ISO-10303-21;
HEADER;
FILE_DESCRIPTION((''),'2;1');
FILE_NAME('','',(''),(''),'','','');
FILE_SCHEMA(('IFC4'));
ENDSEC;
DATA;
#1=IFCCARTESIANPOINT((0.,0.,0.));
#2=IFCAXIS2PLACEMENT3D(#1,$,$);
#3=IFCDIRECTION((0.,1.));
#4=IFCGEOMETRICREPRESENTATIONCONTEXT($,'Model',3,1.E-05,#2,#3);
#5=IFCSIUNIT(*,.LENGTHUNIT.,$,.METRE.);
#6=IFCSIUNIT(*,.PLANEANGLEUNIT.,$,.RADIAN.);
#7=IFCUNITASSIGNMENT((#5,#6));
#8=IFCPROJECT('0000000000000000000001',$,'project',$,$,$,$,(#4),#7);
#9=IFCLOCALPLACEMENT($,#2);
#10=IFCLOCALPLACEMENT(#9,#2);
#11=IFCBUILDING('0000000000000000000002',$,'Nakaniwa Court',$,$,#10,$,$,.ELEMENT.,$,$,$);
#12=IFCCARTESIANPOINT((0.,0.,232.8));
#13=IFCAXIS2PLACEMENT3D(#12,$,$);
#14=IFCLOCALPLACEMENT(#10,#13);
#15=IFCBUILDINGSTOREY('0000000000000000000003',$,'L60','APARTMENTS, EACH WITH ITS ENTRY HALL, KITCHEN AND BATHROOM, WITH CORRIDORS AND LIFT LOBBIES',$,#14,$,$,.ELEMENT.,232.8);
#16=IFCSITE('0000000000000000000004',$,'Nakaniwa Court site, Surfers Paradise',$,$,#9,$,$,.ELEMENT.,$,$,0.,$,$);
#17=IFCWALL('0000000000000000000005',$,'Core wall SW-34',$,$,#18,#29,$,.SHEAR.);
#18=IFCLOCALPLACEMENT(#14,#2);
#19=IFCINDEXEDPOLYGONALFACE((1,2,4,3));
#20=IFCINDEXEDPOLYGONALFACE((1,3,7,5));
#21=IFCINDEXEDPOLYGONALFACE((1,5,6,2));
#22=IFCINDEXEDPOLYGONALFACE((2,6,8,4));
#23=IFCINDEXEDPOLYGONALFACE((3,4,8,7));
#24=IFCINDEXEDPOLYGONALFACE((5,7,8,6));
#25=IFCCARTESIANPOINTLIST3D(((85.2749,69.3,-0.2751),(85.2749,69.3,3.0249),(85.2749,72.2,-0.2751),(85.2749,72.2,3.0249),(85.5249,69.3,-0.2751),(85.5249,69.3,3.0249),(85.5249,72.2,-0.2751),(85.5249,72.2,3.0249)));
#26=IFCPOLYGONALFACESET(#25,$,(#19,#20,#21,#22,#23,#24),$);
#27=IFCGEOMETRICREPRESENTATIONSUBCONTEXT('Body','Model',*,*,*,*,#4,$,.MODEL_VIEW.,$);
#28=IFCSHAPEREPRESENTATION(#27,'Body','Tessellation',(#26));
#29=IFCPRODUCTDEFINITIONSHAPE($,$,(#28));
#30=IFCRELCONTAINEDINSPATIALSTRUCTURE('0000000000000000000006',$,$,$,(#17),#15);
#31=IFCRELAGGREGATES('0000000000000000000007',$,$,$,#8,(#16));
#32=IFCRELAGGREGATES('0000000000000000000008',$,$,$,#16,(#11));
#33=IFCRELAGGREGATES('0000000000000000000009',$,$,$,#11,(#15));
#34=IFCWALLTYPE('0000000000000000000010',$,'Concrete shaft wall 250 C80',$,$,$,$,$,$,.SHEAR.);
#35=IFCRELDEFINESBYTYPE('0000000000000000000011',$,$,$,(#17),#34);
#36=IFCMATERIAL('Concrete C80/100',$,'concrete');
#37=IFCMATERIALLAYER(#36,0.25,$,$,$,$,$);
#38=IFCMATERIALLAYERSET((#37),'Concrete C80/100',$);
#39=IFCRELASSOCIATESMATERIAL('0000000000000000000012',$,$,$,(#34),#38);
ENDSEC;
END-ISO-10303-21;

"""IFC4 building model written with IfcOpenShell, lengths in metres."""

from ifc_helpers import new_model, si_unit, direction, frame, frame_2d, origin, place, context, subcontext, project, spatial, rectangle, extrude, material, layer, layer_set, type_object, element, save


model = new_model("IFC4")

# Units and contexts
model_context = context("Model", 3, precision=1e-05, world=origin(), true_north=direction((0.0, 1.0)))
body_context = subcontext(model_context, "Body", "Model", "MODEL_VIEW")
ifc_project = project(units=[si_unit("LENGTHUNIT", "METRE"), si_unit("PLANEANGLEUNIT", "RADIAN")], contexts=[model_context])

# Site, building, storey
site_placement = place(None, origin())
site = spatial("IfcSite", under=ifc_project, at=site_placement, Name="Nakaniwa Court site, Surfers Paradise", CompositionType="ELEMENT", RefElevation=0.0)
building_placement = place(site_placement, origin())
building = spatial("IfcBuilding", under=site, at=building_placement, Name="Nakaniwa Court", CompositionType="ELEMENT")
storey_placement = place(building_placement, frame((0.0, 0.0, 232.8)))
storey = spatial("IfcBuildingStorey", under=building, at=storey_placement, Name="L60", Description="APARTMENTS, EACH WITH ITS ENTRY HALL, KITCHEN AND BATHROOM, WITH CORRIDORS AND LIFT LOBBIES", CompositionType="ELEMENT", Elevation=232.8)

# Shared definitions
ifc_material_1 = material(Name="Concrete C80/100", Category="concrete")

# Wall
ifc_layer_1 = layer(ifc_material_1, 0.25)
ifc_layer_set_1 = layer_set([ifc_layer_1], Name="Concrete C80/100")
wall_type_1 = type_object("IfcWallType", Name="Concrete shaft wall 250 C80", PredefinedType="SHEAR", material=ifc_layer_set_1)
wall_1_placement = place(storey_placement, frame((85.3999, 69.3, -0.2751), z_axis=(0.0, 0.0, 1.0), x_axis=(0.0, 1.0, 0.0)))
element("IfcWall", 1, at=wall_1_placement, inside=storey, type_object=wall_type_1, Name="Core wall SW-34", PredefinedType="SHEAR", context=body_context, shape_type="SweptSolid", body=[
    extrude(rectangle(XDim=2.8999, YDim=0.25, at=frame_2d((1.45, 0.0))), origin(), (0.0, 0.0, 1.0), 3.3),
])

save(model, "model.ifc")
